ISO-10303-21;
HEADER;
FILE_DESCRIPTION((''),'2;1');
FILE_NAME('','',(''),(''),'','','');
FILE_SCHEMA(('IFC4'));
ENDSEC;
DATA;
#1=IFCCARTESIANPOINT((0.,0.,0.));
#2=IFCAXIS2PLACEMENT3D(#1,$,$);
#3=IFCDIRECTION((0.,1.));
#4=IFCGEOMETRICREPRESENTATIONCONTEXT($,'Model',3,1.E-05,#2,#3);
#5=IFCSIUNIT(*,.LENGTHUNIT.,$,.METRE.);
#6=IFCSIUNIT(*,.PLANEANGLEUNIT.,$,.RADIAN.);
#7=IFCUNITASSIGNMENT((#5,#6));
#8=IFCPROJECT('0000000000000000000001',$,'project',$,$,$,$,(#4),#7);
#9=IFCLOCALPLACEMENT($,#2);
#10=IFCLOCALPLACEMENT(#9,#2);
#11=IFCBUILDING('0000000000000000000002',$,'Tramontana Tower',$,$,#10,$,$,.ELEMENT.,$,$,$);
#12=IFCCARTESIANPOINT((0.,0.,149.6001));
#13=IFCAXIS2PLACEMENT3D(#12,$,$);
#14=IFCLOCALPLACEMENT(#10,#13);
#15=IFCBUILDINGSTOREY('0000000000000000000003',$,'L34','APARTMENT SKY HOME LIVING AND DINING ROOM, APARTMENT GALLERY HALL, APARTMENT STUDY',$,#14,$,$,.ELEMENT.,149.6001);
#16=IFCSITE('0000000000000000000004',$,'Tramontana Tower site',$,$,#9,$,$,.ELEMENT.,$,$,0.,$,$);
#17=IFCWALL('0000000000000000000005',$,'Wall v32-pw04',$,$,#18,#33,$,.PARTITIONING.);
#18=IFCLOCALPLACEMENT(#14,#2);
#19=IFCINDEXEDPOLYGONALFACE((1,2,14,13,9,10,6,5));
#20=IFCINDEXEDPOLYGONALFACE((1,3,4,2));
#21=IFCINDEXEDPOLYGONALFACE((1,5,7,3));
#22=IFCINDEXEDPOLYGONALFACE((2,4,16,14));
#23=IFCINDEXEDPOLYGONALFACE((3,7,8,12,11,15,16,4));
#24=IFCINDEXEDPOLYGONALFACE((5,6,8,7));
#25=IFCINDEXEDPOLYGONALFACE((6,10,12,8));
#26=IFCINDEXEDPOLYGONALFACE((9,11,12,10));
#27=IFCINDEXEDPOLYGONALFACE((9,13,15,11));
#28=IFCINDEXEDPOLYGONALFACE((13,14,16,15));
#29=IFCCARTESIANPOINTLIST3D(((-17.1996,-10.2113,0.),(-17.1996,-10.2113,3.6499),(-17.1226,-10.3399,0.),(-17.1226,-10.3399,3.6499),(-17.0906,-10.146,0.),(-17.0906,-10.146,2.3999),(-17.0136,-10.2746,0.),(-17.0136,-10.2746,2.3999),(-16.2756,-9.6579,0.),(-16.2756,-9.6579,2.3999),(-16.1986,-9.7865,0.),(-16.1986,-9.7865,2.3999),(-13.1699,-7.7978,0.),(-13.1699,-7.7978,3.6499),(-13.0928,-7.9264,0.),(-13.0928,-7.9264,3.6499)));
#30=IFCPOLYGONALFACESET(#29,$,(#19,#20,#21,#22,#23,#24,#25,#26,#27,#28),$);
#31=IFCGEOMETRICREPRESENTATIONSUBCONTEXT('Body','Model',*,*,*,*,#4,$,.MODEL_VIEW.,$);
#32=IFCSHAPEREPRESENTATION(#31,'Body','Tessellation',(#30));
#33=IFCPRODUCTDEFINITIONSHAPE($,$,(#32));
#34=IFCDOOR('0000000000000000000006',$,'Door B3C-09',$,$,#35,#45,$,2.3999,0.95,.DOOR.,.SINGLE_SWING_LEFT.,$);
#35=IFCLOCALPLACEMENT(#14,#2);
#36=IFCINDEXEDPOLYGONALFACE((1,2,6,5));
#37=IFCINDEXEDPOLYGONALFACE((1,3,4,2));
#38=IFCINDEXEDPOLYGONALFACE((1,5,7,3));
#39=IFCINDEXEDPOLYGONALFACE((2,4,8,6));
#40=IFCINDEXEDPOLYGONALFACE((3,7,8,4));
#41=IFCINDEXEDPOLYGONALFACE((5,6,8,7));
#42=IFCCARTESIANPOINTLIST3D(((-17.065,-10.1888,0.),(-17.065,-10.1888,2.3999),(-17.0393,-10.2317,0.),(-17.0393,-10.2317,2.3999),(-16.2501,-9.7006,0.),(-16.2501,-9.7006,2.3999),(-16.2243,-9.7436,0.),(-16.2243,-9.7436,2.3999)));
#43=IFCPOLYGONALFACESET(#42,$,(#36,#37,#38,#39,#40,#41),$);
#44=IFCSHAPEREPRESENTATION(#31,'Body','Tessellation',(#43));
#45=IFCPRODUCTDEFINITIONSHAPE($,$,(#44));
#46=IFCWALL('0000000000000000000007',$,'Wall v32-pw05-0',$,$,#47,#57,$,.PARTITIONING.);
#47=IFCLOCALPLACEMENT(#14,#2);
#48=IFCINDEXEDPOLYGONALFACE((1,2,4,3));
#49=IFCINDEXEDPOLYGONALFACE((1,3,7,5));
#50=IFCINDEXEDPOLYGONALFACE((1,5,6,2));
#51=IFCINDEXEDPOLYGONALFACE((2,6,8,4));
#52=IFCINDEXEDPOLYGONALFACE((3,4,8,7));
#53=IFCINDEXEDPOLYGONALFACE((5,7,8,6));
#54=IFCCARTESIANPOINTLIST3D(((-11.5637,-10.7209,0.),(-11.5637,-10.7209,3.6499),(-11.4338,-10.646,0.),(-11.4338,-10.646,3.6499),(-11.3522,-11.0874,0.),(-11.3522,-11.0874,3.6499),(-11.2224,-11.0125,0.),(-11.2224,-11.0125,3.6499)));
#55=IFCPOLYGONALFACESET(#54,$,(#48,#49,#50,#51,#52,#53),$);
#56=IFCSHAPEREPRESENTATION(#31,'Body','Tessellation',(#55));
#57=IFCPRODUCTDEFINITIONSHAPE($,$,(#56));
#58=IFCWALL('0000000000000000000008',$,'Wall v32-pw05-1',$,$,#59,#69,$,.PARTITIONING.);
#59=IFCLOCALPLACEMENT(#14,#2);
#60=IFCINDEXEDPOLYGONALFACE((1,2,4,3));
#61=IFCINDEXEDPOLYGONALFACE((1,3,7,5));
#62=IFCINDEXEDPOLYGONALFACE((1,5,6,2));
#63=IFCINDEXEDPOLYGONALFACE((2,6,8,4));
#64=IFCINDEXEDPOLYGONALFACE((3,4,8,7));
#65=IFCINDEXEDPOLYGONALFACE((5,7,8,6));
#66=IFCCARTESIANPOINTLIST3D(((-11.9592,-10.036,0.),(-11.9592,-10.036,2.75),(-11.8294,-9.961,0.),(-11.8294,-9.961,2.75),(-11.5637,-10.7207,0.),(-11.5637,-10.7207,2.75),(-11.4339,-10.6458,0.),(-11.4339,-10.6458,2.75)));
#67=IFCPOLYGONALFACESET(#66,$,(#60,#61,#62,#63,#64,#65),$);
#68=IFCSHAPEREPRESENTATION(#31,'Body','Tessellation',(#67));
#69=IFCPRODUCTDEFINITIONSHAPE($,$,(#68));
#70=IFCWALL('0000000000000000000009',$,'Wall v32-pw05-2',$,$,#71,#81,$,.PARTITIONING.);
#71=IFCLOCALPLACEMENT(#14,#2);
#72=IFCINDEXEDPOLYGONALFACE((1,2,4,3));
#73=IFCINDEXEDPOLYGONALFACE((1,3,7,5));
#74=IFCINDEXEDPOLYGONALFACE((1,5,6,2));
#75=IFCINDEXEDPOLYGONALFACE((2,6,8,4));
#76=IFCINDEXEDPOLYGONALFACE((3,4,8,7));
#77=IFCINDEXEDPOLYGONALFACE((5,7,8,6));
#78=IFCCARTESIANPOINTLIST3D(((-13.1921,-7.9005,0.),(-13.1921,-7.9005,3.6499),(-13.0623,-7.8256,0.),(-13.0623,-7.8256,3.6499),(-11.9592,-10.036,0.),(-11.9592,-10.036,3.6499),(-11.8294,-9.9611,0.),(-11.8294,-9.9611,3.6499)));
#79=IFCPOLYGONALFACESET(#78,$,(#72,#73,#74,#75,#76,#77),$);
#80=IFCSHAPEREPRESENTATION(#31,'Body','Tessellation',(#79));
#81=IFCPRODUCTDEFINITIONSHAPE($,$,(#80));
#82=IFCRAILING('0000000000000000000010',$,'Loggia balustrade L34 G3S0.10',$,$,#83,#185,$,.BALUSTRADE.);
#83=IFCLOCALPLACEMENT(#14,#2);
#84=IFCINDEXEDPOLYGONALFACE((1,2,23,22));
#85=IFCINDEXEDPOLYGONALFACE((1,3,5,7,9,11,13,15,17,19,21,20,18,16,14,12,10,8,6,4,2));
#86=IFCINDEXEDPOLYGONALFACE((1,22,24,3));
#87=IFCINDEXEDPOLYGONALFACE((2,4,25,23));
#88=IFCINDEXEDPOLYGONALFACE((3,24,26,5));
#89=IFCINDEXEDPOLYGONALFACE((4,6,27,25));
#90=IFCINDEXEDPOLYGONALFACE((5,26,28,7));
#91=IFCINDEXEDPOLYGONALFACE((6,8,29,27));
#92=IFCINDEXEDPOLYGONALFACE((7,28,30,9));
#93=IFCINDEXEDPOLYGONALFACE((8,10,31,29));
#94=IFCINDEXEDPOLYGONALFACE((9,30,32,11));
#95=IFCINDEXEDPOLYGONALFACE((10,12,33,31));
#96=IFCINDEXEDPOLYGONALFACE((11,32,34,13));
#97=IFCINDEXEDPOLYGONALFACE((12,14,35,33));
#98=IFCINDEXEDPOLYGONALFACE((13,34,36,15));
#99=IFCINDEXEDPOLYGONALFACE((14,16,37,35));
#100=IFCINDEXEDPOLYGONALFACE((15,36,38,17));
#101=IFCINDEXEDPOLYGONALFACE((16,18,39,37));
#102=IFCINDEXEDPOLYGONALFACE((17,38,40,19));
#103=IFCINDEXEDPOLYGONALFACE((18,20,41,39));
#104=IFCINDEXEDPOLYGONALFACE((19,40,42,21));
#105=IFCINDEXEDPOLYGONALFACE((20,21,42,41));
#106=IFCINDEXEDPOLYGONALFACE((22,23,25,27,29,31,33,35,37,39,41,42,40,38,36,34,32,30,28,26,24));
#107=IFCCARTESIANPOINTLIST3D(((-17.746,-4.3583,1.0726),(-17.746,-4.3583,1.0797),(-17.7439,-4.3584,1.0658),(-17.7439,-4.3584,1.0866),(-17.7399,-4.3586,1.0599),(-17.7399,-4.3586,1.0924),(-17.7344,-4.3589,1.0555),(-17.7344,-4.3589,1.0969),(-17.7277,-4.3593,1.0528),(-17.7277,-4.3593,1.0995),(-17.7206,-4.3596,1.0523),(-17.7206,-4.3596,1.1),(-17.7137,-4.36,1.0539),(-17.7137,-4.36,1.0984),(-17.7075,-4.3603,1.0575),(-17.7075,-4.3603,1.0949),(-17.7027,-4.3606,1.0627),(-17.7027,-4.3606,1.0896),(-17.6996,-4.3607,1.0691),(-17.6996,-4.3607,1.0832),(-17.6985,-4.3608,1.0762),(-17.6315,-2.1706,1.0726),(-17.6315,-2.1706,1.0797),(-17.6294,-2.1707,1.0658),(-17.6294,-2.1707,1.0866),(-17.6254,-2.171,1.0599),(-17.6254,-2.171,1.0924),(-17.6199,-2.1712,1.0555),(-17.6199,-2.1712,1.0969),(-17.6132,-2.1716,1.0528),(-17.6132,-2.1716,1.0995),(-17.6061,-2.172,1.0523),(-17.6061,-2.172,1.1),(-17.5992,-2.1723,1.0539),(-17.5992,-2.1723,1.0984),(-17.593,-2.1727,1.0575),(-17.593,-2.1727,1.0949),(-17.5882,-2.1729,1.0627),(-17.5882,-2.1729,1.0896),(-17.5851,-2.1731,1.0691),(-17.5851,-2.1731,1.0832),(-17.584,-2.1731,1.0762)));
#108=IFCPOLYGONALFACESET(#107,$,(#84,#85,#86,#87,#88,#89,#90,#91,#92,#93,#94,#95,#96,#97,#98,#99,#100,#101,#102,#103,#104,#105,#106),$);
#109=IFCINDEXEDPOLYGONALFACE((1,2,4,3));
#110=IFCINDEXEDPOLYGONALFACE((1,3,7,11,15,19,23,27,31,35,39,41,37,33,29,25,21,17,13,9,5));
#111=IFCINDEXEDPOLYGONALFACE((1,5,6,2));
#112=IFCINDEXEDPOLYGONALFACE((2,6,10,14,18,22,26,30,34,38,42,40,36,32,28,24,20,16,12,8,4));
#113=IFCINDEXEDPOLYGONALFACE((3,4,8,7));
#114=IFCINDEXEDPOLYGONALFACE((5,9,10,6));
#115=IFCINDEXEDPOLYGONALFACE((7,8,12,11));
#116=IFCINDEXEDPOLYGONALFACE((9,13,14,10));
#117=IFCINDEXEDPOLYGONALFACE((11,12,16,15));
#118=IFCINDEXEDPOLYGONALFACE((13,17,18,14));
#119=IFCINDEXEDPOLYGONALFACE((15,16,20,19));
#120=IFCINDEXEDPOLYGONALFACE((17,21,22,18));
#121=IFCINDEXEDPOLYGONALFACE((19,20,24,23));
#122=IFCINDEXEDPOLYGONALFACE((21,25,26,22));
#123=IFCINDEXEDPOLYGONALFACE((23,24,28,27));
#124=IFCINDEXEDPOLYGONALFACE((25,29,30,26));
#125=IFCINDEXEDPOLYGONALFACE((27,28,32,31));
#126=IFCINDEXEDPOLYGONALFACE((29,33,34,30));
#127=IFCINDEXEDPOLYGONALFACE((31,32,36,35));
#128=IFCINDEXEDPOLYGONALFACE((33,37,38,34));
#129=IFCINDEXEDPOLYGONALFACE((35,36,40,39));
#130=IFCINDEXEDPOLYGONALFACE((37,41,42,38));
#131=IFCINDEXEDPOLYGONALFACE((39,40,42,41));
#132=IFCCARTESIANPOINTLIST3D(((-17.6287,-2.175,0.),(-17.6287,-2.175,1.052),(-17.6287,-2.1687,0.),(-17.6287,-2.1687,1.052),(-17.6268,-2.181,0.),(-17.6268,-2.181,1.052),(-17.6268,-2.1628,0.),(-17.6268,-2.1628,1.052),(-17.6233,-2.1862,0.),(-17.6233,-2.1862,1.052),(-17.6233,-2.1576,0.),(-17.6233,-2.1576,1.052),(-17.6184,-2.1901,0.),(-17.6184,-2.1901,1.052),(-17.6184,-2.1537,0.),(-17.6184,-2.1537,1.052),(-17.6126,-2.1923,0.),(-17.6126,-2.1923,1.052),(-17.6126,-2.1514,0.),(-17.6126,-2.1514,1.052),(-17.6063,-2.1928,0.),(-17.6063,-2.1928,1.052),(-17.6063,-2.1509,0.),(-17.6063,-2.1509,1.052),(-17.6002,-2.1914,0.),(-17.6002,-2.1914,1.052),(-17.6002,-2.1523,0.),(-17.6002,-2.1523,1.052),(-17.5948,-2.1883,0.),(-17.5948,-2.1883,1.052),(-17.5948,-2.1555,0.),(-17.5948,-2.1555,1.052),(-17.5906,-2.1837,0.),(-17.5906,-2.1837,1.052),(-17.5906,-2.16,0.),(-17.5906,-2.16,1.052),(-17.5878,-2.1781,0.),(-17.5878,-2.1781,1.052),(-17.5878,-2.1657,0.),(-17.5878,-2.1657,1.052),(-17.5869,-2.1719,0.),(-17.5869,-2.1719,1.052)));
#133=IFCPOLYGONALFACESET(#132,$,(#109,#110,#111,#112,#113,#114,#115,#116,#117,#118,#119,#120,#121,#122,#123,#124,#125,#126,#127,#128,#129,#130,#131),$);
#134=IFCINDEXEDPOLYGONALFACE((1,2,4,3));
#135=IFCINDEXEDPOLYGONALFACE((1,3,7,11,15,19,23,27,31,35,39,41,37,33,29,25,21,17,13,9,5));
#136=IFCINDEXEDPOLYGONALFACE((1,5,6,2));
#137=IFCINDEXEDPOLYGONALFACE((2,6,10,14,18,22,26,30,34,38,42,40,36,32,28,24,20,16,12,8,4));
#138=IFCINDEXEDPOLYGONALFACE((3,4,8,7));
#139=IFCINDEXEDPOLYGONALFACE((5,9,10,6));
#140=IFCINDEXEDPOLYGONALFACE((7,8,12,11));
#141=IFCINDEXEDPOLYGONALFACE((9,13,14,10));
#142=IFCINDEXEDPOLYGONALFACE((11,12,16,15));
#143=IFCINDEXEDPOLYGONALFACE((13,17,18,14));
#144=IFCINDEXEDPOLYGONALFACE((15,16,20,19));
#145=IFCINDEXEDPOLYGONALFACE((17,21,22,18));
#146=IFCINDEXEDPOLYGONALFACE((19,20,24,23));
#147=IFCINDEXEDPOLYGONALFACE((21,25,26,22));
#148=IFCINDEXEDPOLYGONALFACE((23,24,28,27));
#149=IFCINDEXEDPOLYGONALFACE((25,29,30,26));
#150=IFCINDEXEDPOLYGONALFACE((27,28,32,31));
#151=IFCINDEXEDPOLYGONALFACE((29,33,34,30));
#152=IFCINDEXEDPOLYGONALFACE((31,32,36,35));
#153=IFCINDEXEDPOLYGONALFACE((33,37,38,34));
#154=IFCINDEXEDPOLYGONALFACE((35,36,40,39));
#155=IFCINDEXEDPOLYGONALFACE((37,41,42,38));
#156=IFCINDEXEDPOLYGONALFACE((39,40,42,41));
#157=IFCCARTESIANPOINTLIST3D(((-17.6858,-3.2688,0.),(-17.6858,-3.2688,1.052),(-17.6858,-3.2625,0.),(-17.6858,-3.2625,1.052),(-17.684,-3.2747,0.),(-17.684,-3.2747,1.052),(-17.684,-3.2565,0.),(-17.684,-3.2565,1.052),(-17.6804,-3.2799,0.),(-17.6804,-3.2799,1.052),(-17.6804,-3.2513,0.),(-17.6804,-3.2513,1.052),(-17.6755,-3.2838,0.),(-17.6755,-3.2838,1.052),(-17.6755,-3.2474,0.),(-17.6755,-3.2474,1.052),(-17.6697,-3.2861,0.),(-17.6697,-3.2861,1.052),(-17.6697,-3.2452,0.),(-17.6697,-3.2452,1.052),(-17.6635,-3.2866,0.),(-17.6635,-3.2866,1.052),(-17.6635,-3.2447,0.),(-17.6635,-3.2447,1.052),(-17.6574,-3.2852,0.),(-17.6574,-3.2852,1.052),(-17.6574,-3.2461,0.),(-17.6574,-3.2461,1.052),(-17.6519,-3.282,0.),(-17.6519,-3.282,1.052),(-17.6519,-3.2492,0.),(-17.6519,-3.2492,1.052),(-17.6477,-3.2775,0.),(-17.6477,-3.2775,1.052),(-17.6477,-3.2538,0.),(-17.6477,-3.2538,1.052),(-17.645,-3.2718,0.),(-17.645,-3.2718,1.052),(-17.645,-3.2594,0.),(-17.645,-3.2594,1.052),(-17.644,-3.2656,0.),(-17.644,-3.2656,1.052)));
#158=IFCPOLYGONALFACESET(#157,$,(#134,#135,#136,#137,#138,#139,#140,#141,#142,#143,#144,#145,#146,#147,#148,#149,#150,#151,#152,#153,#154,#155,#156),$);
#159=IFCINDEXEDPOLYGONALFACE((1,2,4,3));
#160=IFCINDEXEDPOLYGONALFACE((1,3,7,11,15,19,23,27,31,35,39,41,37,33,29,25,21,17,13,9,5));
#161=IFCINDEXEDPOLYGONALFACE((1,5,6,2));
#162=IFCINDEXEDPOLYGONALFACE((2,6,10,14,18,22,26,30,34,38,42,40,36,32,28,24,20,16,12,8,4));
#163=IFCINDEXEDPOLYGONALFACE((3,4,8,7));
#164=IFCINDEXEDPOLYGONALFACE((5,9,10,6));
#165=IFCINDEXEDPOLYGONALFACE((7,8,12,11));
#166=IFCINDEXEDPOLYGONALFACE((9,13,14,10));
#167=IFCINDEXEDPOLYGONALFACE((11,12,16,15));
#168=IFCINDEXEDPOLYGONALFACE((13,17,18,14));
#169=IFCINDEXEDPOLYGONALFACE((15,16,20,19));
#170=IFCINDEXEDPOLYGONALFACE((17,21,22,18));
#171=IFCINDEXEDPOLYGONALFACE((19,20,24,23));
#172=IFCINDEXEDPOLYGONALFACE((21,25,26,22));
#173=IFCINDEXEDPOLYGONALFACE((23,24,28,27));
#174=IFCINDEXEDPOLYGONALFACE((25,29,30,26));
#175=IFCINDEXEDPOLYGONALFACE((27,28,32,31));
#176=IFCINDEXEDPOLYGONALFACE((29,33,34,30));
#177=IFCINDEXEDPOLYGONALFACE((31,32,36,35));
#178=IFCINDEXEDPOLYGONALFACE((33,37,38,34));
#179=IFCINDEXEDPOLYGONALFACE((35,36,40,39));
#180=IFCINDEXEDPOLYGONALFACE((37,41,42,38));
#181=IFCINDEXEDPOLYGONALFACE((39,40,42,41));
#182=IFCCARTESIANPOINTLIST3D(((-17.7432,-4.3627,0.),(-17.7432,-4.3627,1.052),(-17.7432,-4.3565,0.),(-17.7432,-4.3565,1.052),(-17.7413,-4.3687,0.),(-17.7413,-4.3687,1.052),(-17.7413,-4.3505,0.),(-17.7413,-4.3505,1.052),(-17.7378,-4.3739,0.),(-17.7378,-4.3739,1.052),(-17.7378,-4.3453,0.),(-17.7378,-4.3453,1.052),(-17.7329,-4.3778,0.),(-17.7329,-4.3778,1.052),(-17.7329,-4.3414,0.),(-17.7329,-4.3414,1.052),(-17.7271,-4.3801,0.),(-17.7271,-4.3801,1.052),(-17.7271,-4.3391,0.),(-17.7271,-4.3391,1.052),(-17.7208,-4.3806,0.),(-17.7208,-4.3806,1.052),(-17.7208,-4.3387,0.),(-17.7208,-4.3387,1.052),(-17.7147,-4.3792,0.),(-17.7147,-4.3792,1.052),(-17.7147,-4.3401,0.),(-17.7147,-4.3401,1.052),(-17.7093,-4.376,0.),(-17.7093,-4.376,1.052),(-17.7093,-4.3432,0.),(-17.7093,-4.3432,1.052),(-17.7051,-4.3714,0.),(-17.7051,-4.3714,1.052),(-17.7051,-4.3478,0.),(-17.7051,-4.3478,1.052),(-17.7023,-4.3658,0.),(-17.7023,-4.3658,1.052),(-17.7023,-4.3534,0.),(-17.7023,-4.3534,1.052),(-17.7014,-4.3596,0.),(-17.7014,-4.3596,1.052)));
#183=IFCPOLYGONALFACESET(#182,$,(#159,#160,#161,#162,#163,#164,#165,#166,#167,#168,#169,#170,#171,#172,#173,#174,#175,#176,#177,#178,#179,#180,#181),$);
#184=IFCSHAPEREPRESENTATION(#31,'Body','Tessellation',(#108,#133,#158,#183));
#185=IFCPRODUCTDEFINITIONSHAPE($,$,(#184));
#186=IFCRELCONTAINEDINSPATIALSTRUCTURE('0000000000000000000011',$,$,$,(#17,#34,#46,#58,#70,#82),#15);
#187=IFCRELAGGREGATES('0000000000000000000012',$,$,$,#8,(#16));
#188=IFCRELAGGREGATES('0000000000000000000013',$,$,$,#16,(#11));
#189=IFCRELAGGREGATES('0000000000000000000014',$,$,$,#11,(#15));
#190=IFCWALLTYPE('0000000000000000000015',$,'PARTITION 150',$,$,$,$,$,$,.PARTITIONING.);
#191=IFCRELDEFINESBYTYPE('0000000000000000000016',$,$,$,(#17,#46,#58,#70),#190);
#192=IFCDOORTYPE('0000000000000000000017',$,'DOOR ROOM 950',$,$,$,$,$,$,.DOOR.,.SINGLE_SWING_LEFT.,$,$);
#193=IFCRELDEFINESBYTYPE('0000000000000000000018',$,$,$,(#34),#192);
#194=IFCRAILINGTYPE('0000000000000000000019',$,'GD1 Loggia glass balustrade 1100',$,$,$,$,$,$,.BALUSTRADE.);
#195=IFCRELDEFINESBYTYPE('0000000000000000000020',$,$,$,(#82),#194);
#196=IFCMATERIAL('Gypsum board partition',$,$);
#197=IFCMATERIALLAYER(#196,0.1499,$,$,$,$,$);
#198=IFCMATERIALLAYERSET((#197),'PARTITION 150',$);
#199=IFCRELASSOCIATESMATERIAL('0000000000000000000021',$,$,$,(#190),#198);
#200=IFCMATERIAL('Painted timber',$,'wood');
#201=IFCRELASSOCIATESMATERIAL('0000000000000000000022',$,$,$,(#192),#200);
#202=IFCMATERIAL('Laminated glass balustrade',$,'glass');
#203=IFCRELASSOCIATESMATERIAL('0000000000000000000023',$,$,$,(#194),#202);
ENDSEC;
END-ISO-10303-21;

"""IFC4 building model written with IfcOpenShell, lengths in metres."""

from ifc_helpers import new_model, si_unit, direction, frame, frame_2d, origin, origin_2d, place, context, subcontext, project, spatial, rectangle, circle, extrude, material, layer, layer_set, type_object, element, fill, save


model = new_model("IFC4")

# Units and contexts
model_context = context("Model", 3, precision=1e-05, world=origin(), true_north=direction((0.0, 1.0)))
body_context = subcontext(model_context, "Body", "Model", "MODEL_VIEW")
ifc_project = project(units=[si_unit("LENGTHUNIT", "METRE"), si_unit("PLANEANGLEUNIT", "RADIAN")], contexts=[model_context])

# Site, building, storey
site_placement = place(None, origin())
site = spatial("IfcSite", under=ifc_project, at=site_placement, Name="Tramontana Tower site", CompositionType="ELEMENT", RefElevation=0.0)
building_placement = place(site_placement, origin())
building = spatial("IfcBuilding", under=site, at=building_placement, Name="Tramontana Tower", CompositionType="ELEMENT")
storey_placement = place(building_placement, frame((0.0, 0.0, 149.6001)))
storey = spatial("IfcBuildingStorey", under=building, at=storey_placement, Name="L34", Description="APARTMENT SKY HOME LIVING AND DINING ROOM, APARTMENT GALLERY HALL, APARTMENT STUDY", CompositionType="ELEMENT", Elevation=149.6001)

# Shared definitions
ifc_material_1 = material(Name="Gypsum board partition")
ifc_layer_1 = layer(ifc_material_1, 0.1499)
ifc_layer_set_1 = layer_set([ifc_layer_1], Name="PARTITION 150")
wall_type_1 = type_object("IfcWallType", Name="PARTITION 150", PredefinedType="PARTITIONING", material=ifc_layer_set_1)

# Wall, opening, door
wall_1_placement = place(storey_placement, frame((-13.1313, -7.8621, 0.0), z_axis=(0.0, 0.0, 1.0), x_axis=(-0.857896, -0.513823, 0.0)))
wall_1 = element("IfcWall", 1, at=wall_1_placement, inside=storey, type_object=wall_type_1, Name="Wall v32-pw04", PredefinedType="PARTITIONING", context=body_context, shape_type="SweptSolid", body=[
    extrude(rectangle(XDim=4.6973, YDim=0.1499, at=frame_2d((2.3486, 0.0))), origin(), (0.0, 0.0, 1.0), 3.6499),
])
opening_1_placement = place(wall_1_placement, frame((3.6201, 0.0, 0.0)))
opening_1 = element("IfcOpeningElement", 2, at=opening_1_placement, cuts=wall_1, PredefinedType="OPENING", context=body_context, shape_type="SweptSolid", body=[
    extrude(rectangle(XDim=0.95, YDim=2.3999, at=frame_2d((0.4751, 1.2))), frame((0.0, 0.085, 0.0), z_axis=(0.0, -1.0, 0.0), x_axis=(1.0, 0.0, 0.0)), (0.0, 0.0, 1.0), 0.1699),
])
ifc_material_2 = material(Name="Painted timber", Category="wood")
door_type_1 = type_object("IfcDoorType", Name="DOOR ROOM 950", OperationType="SINGLE_SWING_LEFT", PredefinedType="DOOR", material=ifc_material_2)
door_1_placement = place(opening_1_placement, origin())
door_1 = element("IfcDoor", 3, at=door_1_placement, inside=storey, type_object=door_type_1, Name="Door B3C-09", OperationType="SINGLE_SWING_LEFT", OverallHeight=2.3999, OverallWidth=0.95, PredefinedType="DOOR", context=body_context, shape_type="SweptSolid", body=[
    extrude(rectangle(XDim=0.95, YDim=2.3999, at=frame_2d((0.4751, 1.2))), frame((0.0, 0.0249, 0.0), z_axis=(0.0, -1.0, 0.0), x_axis=(1.0, 0.0, 0.0)), (0.0, 0.0, 1.0), 0.05),
])
fill(opening_1, door_1)

# Walls
wall_2_placement = place(storey_placement, frame((-11.2874, -11.0498, 0.0), z_axis=(0.0, 0.0, 1.0), x_axis=(-0.499739, 0.866176, 0.0)))
element("IfcWall", 4, at=wall_2_placement, inside=storey, type_object=wall_type_1, Name="Wall v32-pw05-0", PredefinedType="PARTITIONING", context=body_context, shape_type="SweptSolid", body=[
    extrude(rectangle(XDim=0.4231, YDim=0.1499, at=frame_2d((0.2114, 0.0))), origin(), (0.0, 0.0, 1.0), 3.6499),
])
wall_3_placement = place(storey_placement, frame((-11.4988, -10.6833, 0.0), z_axis=(0.0, 0.0, 1.0), x_axis=(-0.500123, 0.865954, 0.0)))
element("IfcWall", 5, at=wall_3_placement, inside=storey, type_object=wall_type_1, Name="Wall v32-pw05-1", PredefinedType="PARTITIONING", context=body_context, shape_type="SweptSolid", body=[
    extrude(rectangle(XDim=0.7908, YDim=0.1499, at=frame_2d((0.3955, 0.0))), origin(), (0.0, 0.0, 1.0), 2.75),
])
wall_4_placement = place(storey_placement, frame((-11.8943, -9.9985, 0.0), z_axis=(0.0, 0.0, 1.0), x_axis=(-0.499994, 0.866029, 0.0)))
element("IfcWall", 6, at=wall_4_placement, inside=storey, type_object=wall_type_1, Name="Wall v32-pw05-2", PredefinedType="PARTITIONING", context=body_context, shape_type="SweptSolid", body=[
    extrude(rectangle(XDim=2.4658, YDim=0.1499, at=frame_2d((1.2329, 0.0))), origin(), (0.0, 0.0, 1.0), 3.6499),
])

# Railing
ifc_material_3 = material(Name="Laminated glass balustrade", Category="glass")
railing_type = type_object("IfcRailingType", Name="GD1 Loggia glass balustrade 1100", PredefinedType="BALUSTRADE", material=ifc_material_3)
railing_placement = place(storey_placement, frame((-17.6079, -2.1719, 0.0)))
element("IfcRailing", 7, at=railing_placement, inside=storey, type_object=railing_type, Name="Loggia balustrade L34 G3S0.10", PredefinedType="BALUSTRADE", context=body_context, shape_type="SweptSolid", body=[
    extrude(circle(Radius=0.0239, at=origin_2d()), frame((0.0, 0.0, 1.0762), z_axis=(-0.052266, -0.998633, 0.0), x_axis=(0.998633, -0.052266, 0.0)), (0.0, 0.0, 1.0), 2.1907),
    extrude(circle(Radius=0.021, at=origin_2d()), origin(), (0.0, 0.0, 1.0), 1.052),
    extrude(circle(Radius=0.021, at=origin_2d()), frame((-0.0571, -1.0938, 0.0)), (0.0, 0.0, 1.0), 1.052),
    extrude(circle(Radius=0.021, at=origin_2d()), frame((-0.1145, -2.1877, 0.0)), (0.0, 0.0, 1.0), 1.052),
])

save(model, "model.ifc")
